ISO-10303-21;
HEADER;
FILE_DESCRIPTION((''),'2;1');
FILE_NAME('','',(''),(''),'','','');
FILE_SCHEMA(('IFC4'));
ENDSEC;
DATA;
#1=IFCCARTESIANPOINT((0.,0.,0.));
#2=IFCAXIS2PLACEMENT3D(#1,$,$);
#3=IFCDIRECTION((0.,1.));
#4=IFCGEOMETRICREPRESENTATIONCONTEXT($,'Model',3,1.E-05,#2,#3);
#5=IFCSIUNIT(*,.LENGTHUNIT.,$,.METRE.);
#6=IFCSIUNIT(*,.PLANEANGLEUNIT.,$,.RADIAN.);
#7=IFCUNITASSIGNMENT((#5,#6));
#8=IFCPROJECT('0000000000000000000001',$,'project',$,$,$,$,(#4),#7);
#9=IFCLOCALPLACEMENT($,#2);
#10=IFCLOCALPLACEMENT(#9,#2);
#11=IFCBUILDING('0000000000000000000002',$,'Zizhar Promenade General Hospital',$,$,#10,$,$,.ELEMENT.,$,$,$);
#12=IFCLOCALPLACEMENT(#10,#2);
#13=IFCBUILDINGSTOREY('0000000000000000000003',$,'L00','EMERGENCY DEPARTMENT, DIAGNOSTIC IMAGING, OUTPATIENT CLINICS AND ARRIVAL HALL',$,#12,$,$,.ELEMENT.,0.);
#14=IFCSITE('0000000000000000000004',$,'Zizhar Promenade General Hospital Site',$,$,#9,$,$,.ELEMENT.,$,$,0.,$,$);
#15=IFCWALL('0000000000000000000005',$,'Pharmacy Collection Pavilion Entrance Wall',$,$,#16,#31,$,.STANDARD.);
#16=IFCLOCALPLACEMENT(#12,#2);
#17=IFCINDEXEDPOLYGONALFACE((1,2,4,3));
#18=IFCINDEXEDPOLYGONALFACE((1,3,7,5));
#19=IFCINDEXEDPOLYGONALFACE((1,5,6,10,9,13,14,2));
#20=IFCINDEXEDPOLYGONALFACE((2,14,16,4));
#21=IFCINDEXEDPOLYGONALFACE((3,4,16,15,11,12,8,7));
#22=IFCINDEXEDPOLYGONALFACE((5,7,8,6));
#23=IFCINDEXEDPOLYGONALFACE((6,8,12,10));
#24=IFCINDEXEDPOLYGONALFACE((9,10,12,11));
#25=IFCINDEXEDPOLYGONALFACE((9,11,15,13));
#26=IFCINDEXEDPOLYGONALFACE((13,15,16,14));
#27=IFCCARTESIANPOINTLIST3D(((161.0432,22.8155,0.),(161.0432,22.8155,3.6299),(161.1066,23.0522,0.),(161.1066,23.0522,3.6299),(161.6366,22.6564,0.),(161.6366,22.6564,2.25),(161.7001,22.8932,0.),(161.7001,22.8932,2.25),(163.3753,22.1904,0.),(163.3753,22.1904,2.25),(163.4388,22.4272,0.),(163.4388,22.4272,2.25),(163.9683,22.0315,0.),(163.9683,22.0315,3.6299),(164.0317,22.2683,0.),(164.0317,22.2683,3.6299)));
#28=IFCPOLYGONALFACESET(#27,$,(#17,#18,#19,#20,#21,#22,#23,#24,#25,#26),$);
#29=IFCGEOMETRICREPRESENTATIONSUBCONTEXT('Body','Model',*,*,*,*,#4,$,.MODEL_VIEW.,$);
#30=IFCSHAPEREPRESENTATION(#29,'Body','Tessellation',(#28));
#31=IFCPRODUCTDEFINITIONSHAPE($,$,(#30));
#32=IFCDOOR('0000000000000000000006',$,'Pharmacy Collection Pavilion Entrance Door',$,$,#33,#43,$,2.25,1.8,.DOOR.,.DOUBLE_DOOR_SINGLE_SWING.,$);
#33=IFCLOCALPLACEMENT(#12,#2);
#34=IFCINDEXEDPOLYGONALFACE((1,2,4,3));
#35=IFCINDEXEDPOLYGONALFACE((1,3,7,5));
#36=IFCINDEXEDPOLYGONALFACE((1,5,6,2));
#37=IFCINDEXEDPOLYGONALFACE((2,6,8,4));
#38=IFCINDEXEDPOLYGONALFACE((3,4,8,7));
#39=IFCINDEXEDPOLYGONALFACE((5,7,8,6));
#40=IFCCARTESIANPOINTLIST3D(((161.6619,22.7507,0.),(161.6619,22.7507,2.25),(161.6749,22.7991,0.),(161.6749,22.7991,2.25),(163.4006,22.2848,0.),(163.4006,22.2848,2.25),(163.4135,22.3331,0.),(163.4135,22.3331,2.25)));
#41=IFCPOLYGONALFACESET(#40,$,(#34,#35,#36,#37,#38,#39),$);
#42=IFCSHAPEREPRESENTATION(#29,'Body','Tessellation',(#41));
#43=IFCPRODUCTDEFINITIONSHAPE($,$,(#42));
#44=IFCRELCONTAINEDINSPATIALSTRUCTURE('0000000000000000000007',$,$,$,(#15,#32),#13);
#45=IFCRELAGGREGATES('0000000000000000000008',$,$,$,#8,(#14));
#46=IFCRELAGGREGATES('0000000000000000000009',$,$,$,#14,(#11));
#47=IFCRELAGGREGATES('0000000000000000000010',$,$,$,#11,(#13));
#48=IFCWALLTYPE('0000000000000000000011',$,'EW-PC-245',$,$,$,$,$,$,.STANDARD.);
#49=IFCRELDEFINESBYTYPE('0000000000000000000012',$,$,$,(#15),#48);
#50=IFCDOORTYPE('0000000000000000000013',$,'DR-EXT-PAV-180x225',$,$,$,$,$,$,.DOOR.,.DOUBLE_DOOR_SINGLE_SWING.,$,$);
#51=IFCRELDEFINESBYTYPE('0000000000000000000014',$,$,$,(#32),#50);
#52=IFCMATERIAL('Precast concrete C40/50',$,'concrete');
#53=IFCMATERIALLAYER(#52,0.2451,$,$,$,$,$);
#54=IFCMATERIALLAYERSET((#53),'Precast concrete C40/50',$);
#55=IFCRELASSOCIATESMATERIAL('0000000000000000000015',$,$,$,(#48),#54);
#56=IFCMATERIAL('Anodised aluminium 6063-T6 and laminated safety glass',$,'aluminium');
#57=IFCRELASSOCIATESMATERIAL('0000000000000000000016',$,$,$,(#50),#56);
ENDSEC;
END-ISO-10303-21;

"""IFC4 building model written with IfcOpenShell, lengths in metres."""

from ifc_helpers import new_model, si_unit, direction, frame, frame_2d, origin, place, context, subcontext, project, spatial, rectangle, extrude, material, layer, layer_set, type_object, element, fill, save


model = new_model("IFC4")

# Units and contexts
model_context = context("Model", 3, precision=1e-05, world=origin(), true_north=direction((0.0, 1.0)))
body_context = subcontext(model_context, "Body", "Model", "MODEL_VIEW")
ifc_project = project(units=[si_unit("LENGTHUNIT", "METRE"), si_unit("PLANEANGLEUNIT", "RADIAN")], contexts=[model_context])

# Site, building, storey
site_placement = place(None, origin())
site = spatial("IfcSite", under=ifc_project, at=site_placement, Name="Zizhar Promenade General Hospital Site", CompositionType="ELEMENT", RefElevation=0.0)
building_placement = place(site_placement, origin())
building = spatial("IfcBuilding", under=site, at=building_placement, Name="Zizhar Promenade General Hospital", CompositionType="ELEMENT")
storey_placement = place(building_placement, origin())
storey = spatial("IfcBuildingStorey", under=building, at=storey_placement, Name="L00", Description="EMERGENCY DEPARTMENT, DIAGNOSTIC IMAGING, OUTPATIENT CLINICS AND ARRIVAL HALL", CompositionType="ELEMENT", Elevation=0.0)

# Wall, opening, door
ifc_material_1 = material(Name="Precast concrete C40/50", Category="concrete")
ifc_layer_1 = layer(ifc_material_1, 0.2451)
ifc_layer_set_1 = layer_set([ifc_layer_1], Name="Precast concrete C40/50")
wall_type = type_object("IfcWallType", Name="EW-PC-245", PredefinedType="STANDARD", material=ifc_layer_set_1)
wall_placement = place(storey_placement, frame((164.0, 22.1499, 0.0), z_axis=(0.0, 0.0, 1.0), x_axis=(-0.965912, 0.258872, 0.0)))
wall = element("IfcWall", 1, at=wall_placement, inside=storey, type_object=wall_type, Name="Pharmacy Collection Pavilion Entrance Wall", PredefinedType="STANDARD", context=body_context, shape_type="SweptSolid", body=[
    extrude(rectangle(XDim=3.0283, YDim=0.2451, at=frame_2d((1.5142, 0.0))), origin(), (0.0, 0.0, 1.0), 3.6299),
])
opening_placement = place(wall_placement, frame((0.614, 0.0, 0.0)))
opening = element("IfcOpeningElement", 2, at=opening_placement, cuts=wall, PredefinedType="OPENING", context=body_context, shape_type="SweptSolid", body=[
    extrude(rectangle(XDim=1.8, YDim=2.25, at=frame_2d((0.8999, 1.125))), frame((0.0, 0.1326, 0.0), z_axis=(0.0, -1.0, 0.0), x_axis=(1.0, 0.0, 0.0)), (0.0, 0.0, 1.0), 0.2651),
])
ifc_material_2 = material(Name="Anodised aluminium 6063-T6 and laminated safety glass", Category="aluminium")
door_type = type_object("IfcDoorType", Name="DR-EXT-PAV-180x225", OperationType="DOUBLE_DOOR_SINGLE_SWING", PredefinedType="DOOR", material=ifc_material_2)
door_placement = place(opening_placement, origin())
door = element("IfcDoor", 3, at=door_placement, inside=storey, type_object=door_type, Name="Pharmacy Collection Pavilion Entrance Door", OperationType="DOUBLE_DOOR_SINGLE_SWING", OverallHeight=2.25, OverallWidth=1.8, PredefinedType="DOOR", context=body_context, shape_type="SweptSolid", body=[
    extrude(rectangle(XDim=1.8, YDim=2.25, at=frame_2d((0.8999, 1.125))), frame((0.0, 0.0249, 0.0), z_axis=(0.0, -1.0, 0.0), x_axis=(1.0, 0.0, 0.0)), (0.0, 0.0, 1.0), 0.05),
])
fill(opening, door)

save(model, "model.ifc")
